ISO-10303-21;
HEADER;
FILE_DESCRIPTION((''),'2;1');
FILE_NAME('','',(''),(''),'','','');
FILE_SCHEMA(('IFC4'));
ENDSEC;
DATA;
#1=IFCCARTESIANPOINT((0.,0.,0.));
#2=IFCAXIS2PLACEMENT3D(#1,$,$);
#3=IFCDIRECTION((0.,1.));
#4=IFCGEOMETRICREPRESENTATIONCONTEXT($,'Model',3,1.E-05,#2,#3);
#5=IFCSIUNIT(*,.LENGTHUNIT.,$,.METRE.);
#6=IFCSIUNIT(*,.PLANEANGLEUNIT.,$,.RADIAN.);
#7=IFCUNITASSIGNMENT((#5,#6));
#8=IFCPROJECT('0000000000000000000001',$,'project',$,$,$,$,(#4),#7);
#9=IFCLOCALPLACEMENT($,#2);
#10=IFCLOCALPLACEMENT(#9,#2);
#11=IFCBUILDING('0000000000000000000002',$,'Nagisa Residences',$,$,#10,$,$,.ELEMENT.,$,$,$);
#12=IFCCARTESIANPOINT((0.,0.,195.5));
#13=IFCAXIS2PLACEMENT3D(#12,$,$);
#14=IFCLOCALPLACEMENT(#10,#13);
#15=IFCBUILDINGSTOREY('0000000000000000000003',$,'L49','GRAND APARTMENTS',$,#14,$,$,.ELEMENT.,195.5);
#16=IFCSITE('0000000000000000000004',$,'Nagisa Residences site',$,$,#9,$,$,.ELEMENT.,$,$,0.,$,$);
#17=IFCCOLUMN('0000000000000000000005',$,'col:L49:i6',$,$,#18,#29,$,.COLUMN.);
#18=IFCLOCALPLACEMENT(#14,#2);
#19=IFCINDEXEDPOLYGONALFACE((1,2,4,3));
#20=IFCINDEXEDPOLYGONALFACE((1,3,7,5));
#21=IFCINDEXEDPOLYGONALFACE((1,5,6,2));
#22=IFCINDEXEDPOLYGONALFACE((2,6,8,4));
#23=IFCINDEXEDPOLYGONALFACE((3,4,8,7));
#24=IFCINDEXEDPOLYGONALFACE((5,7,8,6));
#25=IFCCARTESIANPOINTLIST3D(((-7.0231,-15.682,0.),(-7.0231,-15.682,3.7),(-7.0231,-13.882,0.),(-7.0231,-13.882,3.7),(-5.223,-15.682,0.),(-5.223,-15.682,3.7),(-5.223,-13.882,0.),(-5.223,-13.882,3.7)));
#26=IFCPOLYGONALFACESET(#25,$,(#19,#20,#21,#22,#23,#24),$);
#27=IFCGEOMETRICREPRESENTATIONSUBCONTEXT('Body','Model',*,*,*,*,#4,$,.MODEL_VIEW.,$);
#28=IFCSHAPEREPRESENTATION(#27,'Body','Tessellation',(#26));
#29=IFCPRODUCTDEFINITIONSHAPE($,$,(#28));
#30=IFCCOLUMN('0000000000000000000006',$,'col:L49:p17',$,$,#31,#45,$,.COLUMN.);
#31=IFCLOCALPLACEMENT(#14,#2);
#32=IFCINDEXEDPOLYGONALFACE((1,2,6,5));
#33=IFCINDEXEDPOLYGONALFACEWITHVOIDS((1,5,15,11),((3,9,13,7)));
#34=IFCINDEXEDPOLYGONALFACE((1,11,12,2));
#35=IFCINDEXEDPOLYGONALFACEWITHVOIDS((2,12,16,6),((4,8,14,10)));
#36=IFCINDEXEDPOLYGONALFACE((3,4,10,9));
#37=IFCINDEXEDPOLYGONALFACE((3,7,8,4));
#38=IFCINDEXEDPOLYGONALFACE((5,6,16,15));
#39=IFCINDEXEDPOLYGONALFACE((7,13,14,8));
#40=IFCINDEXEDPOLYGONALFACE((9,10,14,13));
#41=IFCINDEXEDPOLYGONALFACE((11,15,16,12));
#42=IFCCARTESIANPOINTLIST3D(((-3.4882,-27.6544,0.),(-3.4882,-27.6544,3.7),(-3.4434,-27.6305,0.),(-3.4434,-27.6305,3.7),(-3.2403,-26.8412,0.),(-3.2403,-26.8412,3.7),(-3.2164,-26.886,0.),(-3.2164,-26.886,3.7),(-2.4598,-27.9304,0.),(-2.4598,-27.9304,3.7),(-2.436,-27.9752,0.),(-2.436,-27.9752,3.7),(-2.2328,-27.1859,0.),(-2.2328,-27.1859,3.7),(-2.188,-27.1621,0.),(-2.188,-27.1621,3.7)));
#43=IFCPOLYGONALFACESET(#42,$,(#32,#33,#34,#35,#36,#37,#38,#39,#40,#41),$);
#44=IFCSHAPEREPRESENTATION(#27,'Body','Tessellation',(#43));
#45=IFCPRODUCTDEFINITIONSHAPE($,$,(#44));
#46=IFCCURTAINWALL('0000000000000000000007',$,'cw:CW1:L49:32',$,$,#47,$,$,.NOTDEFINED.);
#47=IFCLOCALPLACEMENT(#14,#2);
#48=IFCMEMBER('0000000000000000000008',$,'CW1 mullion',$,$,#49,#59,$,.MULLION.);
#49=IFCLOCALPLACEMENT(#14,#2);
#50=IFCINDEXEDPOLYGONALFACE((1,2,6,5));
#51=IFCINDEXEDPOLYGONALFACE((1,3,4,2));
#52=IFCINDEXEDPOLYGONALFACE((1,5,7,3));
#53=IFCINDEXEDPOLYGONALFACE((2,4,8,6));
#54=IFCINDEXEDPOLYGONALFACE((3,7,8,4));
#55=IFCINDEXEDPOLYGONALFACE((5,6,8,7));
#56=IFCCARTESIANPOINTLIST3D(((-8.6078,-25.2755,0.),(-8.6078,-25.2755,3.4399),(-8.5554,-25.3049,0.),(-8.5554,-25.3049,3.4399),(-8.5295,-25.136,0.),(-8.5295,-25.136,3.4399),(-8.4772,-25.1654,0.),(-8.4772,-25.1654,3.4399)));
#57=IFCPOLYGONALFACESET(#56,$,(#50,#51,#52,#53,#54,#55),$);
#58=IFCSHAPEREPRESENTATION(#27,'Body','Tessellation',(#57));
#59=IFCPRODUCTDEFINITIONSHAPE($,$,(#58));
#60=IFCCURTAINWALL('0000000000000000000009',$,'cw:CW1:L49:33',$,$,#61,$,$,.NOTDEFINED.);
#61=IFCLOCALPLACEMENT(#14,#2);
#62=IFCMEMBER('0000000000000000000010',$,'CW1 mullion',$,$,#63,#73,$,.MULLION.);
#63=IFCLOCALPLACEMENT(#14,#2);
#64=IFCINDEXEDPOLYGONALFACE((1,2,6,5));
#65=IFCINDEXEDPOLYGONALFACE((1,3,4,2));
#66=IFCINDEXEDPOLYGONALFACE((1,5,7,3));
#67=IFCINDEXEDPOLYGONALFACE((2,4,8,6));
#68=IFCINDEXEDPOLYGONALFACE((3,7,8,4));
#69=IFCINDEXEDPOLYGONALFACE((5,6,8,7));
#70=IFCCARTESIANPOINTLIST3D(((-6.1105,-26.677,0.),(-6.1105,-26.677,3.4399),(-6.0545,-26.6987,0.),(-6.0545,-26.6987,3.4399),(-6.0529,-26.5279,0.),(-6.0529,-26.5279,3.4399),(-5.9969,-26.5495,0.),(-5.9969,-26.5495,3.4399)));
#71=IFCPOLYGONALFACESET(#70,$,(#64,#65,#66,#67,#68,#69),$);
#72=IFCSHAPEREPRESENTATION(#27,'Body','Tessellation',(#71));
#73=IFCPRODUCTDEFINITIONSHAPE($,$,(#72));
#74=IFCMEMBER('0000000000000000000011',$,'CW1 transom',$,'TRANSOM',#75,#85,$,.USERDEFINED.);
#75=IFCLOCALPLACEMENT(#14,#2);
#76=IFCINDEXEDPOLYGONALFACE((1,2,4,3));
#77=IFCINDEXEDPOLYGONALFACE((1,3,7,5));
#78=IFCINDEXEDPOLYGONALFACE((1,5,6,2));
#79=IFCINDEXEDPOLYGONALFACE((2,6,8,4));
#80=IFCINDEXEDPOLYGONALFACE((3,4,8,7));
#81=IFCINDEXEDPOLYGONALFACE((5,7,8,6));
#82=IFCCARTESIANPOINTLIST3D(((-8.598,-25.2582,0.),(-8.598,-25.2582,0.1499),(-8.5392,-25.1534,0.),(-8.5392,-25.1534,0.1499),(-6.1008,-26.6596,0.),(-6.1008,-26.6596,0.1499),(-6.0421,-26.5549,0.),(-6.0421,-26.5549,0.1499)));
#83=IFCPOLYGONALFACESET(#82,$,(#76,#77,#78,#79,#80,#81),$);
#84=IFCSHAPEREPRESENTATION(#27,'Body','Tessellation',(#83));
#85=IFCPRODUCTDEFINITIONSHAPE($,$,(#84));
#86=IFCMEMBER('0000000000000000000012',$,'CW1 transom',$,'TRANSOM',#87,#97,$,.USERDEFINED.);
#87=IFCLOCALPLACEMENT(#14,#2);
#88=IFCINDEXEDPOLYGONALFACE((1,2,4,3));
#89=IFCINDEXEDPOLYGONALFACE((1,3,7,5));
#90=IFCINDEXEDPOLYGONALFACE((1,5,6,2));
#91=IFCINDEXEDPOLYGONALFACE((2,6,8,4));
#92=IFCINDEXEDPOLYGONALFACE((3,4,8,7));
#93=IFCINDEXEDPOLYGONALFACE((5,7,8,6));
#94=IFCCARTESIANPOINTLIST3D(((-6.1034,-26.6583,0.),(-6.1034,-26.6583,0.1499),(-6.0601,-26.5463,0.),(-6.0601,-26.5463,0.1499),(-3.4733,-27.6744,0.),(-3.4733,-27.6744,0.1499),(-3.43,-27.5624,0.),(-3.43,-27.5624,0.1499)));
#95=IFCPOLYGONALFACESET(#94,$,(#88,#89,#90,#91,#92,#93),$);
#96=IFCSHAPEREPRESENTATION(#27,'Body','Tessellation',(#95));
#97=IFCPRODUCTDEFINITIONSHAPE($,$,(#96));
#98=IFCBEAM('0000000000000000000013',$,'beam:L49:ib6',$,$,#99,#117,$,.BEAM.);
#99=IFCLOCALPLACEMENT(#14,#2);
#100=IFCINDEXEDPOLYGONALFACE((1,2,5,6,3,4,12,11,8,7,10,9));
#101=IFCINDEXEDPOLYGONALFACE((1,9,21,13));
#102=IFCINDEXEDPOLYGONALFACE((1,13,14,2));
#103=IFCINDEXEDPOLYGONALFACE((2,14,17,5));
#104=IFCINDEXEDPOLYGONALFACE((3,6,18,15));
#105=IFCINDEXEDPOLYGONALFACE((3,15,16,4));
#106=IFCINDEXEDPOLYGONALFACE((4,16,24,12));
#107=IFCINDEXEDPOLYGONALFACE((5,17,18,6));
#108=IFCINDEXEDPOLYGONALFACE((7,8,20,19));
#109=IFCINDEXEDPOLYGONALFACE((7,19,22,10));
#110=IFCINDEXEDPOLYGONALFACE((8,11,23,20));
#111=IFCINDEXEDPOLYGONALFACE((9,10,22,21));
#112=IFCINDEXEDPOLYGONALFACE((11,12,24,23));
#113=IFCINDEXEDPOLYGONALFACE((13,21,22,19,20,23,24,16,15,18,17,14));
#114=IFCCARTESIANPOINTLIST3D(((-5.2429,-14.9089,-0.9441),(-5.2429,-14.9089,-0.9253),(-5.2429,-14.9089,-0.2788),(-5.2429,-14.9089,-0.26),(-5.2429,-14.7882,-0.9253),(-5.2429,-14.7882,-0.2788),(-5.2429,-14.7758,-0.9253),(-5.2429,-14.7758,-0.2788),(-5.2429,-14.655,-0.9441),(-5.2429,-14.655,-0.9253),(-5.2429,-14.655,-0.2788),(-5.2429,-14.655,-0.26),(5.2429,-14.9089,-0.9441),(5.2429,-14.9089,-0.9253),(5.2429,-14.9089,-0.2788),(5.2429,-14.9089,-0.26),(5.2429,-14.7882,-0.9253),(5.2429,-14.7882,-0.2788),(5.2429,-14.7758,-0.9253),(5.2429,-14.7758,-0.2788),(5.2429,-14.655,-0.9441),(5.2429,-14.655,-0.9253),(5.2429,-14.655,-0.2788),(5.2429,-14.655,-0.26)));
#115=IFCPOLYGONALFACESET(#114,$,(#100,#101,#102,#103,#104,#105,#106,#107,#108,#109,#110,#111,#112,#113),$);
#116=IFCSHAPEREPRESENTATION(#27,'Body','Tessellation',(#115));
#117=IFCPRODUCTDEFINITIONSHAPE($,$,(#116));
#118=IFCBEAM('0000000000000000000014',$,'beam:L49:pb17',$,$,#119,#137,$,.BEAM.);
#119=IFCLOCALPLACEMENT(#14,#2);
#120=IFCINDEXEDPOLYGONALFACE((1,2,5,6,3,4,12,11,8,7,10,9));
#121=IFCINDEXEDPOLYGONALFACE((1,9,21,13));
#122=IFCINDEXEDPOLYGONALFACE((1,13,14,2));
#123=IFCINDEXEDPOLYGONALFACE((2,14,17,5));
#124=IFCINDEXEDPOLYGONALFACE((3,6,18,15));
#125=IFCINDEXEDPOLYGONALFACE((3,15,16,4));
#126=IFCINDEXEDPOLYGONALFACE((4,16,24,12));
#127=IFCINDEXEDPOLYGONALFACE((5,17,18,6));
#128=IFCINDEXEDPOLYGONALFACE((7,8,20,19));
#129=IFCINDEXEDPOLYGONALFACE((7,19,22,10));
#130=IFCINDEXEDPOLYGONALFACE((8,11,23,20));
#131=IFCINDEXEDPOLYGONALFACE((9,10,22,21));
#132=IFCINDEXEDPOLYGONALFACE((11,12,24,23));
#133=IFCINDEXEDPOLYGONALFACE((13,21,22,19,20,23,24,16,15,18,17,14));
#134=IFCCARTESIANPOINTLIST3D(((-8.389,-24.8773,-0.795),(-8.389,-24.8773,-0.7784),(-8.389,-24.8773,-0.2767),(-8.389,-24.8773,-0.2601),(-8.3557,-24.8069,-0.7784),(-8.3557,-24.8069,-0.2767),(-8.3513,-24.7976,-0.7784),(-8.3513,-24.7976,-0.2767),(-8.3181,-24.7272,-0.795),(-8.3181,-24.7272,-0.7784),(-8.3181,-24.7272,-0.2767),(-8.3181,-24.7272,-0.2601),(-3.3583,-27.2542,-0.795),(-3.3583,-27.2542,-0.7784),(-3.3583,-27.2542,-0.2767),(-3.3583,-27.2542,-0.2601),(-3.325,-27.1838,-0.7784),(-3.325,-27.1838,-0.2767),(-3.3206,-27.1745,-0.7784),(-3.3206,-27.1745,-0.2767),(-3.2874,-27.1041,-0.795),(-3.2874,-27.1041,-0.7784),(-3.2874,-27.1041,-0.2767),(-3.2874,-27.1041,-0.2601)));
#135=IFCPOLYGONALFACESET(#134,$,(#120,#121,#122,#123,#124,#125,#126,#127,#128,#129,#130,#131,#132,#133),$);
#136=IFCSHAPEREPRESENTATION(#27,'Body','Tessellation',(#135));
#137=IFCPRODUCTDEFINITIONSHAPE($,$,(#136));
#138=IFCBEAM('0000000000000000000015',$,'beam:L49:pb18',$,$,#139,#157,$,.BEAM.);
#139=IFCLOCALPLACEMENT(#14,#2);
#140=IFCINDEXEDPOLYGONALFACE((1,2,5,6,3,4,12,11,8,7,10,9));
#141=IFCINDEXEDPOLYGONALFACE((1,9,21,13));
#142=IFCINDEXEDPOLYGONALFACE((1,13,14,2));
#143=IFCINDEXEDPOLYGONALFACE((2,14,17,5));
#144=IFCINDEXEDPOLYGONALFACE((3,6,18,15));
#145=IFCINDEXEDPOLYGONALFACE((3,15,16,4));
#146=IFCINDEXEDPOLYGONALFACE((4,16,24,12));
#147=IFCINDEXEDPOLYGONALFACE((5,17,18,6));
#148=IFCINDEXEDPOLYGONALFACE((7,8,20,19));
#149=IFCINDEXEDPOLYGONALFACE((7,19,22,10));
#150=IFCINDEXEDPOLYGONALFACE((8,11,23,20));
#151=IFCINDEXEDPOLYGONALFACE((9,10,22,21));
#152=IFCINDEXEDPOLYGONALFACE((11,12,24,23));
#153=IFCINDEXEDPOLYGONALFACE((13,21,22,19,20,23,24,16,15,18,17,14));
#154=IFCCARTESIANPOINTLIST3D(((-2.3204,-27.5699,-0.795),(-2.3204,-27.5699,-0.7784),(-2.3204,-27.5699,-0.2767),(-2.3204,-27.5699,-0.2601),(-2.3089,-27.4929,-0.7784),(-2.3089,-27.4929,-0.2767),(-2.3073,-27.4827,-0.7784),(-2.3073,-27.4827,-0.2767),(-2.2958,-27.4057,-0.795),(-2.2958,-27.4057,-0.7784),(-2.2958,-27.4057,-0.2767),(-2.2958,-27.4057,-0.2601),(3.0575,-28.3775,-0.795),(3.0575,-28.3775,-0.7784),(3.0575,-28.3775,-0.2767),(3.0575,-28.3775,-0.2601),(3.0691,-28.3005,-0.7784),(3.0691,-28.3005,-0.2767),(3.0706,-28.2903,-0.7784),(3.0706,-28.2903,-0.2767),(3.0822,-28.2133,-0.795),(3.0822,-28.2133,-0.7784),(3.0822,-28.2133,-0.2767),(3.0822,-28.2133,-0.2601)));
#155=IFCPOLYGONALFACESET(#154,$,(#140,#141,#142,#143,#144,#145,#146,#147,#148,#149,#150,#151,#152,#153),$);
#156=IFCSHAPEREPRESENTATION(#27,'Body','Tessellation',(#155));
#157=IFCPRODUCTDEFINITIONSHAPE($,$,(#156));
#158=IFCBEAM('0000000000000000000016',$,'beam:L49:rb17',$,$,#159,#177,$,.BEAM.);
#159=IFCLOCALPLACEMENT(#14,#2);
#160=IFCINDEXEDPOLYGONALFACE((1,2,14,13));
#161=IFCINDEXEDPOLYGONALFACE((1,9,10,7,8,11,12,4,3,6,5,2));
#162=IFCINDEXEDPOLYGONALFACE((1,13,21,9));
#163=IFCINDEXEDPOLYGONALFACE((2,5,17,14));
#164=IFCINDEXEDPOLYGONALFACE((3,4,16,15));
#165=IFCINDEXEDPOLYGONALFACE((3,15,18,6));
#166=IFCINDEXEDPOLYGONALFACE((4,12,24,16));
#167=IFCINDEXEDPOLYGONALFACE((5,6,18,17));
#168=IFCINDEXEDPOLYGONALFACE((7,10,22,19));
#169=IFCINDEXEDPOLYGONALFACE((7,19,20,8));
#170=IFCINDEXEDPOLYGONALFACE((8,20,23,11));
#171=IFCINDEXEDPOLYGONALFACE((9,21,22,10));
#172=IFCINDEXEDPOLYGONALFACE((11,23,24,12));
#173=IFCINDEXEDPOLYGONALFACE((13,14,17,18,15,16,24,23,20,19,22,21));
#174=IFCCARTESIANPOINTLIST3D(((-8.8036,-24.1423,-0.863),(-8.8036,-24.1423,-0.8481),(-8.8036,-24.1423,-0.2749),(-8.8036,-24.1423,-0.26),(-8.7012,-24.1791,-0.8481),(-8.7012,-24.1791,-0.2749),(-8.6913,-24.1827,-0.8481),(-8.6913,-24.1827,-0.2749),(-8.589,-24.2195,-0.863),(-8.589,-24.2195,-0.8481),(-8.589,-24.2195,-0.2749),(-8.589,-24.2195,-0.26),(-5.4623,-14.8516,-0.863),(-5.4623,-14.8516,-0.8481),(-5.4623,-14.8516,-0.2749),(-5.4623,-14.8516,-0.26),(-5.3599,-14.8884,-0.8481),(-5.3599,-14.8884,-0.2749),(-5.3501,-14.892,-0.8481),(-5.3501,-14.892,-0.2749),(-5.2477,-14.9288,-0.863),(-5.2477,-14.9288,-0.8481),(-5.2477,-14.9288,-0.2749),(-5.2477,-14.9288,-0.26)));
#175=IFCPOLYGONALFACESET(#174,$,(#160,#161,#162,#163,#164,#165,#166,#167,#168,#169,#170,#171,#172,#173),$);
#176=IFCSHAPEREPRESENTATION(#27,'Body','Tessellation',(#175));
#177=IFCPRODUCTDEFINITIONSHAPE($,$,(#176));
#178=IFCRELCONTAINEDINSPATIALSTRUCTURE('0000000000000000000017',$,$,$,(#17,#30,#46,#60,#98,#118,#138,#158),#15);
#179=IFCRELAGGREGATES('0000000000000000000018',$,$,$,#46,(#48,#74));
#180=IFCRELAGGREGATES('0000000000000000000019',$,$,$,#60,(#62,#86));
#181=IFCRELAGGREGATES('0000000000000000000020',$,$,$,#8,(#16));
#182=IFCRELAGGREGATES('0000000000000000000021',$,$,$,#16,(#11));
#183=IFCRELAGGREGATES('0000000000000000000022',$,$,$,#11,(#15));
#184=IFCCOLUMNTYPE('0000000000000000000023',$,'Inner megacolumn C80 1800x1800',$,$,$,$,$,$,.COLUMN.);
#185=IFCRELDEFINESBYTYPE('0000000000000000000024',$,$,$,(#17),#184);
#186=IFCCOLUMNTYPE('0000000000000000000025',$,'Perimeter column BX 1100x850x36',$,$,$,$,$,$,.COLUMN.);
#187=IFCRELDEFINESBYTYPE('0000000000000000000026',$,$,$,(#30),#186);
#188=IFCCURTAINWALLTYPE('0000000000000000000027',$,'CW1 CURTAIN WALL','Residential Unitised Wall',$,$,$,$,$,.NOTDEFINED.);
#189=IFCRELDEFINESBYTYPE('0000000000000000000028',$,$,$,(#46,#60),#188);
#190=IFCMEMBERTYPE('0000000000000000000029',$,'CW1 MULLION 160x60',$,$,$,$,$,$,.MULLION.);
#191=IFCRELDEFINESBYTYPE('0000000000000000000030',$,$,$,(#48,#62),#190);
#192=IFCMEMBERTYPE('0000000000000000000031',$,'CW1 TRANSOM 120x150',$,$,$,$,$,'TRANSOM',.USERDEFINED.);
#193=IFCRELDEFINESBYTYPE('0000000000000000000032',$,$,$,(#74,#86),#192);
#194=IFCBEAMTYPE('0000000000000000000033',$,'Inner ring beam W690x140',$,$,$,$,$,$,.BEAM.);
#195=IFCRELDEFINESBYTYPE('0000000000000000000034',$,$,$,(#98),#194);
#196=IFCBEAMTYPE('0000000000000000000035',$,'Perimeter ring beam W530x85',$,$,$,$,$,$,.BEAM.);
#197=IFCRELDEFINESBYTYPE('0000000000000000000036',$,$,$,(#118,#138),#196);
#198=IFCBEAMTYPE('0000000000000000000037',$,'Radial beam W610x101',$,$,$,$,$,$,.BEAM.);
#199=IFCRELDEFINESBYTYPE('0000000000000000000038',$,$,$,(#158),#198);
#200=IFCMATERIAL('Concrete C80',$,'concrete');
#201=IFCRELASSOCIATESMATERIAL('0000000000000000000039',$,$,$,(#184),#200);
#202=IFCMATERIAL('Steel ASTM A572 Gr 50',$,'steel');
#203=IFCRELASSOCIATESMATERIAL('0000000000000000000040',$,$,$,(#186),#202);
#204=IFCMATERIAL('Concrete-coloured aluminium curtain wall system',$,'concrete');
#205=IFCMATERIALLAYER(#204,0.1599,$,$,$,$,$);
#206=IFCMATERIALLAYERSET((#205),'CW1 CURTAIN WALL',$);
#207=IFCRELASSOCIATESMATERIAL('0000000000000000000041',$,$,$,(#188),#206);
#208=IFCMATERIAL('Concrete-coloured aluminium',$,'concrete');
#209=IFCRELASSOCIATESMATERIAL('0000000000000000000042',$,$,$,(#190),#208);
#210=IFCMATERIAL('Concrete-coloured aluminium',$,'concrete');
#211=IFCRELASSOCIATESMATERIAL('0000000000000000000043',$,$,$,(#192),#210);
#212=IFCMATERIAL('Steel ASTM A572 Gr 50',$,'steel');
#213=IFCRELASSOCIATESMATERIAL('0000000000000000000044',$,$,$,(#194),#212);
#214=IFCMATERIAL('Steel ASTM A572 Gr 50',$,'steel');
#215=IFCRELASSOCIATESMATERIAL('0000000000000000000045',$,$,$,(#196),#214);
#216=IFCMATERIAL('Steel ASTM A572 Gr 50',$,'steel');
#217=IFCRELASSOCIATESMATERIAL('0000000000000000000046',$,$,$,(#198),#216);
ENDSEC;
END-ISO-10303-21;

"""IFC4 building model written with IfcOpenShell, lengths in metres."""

from ifc_helpers import new_model, si_unit, direction, frame, origin, origin_2d, place, context, subcontext, project, spatial, rectangle, hollow_rectangle, i_section, extrude, material, layer, layer_set, material_profile, profile_set, type_object, element, aggregate, save


model = new_model("IFC4")

# Units and contexts
model_context = context("Model", 3, precision=1e-05, world=origin(), true_north=direction((0.0, 1.0)))
body_context = subcontext(model_context, "Body", "Model", "MODEL_VIEW")
ifc_project = project(units=[si_unit("LENGTHUNIT", "METRE"), si_unit("PLANEANGLEUNIT", "RADIAN")], contexts=[model_context])

# Site, building, storey
site_placement = place(None, origin())
site = spatial("IfcSite", under=ifc_project, at=site_placement, Name="Nagisa Residences site", CompositionType="ELEMENT", RefElevation=0.0)
building_placement = place(site_placement, origin())
building = spatial("IfcBuilding", under=site, at=building_placement, Name="Nagisa Residences", CompositionType="ELEMENT")
storey_placement = place(building_placement, frame((0.0, 0.0, 195.5)))
storey = spatial("IfcBuildingStorey", under=building, at=storey_placement, Name="L49", Description="GRAND APARTMENTS", CompositionType="ELEMENT", Elevation=195.5)

# Columns
ifc_material_1 = material(Name="Concrete C80", Category="concrete")
ifc_material_profile_1 = material_profile(ifc_material_1, rectangle(XDim=1.8, YDim=1.8, at=origin_2d()), Name="C80 1800x1800")
ifc_profile_set_1 = profile_set([ifc_material_profile_1], Name="Concrete C80")
column_type_1 = type_object("IfcColumnType", Name="Inner megacolumn C80 1800x1800", PredefinedType="COLUMN", material=ifc_profile_set_1)
column_1_placement = place(storey_placement, frame((-6.123, -14.782, 0.0), z_axis=(0.0, 0.0, 1.0), x_axis=(1.0, 0.0, 0.0)))
element("IfcColumn", 1, at=column_1_placement, inside=storey, type_object=column_type_1, Name="col:L49:i6", PredefinedType="COLUMN", context=body_context, shape_type="SweptSolid", body=[
    extrude(rectangle(XDim=1.8, YDim=1.8, at=origin_2d()), origin(), (0.0, 0.0, 1.0), 3.7),
])
ifc_material_2 = material(Name="Steel ASTM A572 Gr 50", Category="steel")
ifc_material_profile_2 = material_profile(ifc_material_2, hollow_rectangle(XDim=1.1001, YDim=0.8501, WallThickness=0.0359, at=origin_2d()), Name="BX 1100x850x36")
ifc_profile_set_2 = profile_set([ifc_material_profile_2], Name="Steel ASTM A572 Gr 50")
column_type_2 = type_object("IfcColumnType", Name="Perimeter column BX 1100x850x36", PredefinedType="COLUMN", material=ifc_profile_set_2)
column_2_placement = place(storey_placement, frame((-2.8381, -27.4082, 0.0), z_axis=(0.0, 0.0, 1.0), x_axis=(0.956525, -0.291652, 0.0)))
element("IfcColumn", 2, at=column_2_placement, inside=storey, type_object=column_type_2, Name="col:L49:p17", PredefinedType="COLUMN", context=body_context, shape_type="SweptSolid", body=[
    extrude(hollow_rectangle(XDim=1.1001, YDim=0.8501, WallThickness=0.0359, at=origin_2d()), origin(), (0.0, 0.0, 1.0), 3.7),
])

# Curtain walls, members
ifc_material_3 = material(Name="Concrete-coloured aluminium curtain wall system", Category="concrete")
ifc_layer_1 = layer(ifc_material_3, 0.1599)
ifc_layer_set_1 = layer_set([ifc_layer_1], Name="CW1 CURTAIN WALL")
curtain_wall_type = type_object("IfcCurtainWallType", Name="CW1 CURTAIN WALL", Description="Residential Unitised Wall", PredefinedType="NOTDEFINED", material=ifc_layer_set_1)
curtain_wall_1_placement = place(storey_placement, origin())
curtain_wall_1 = element("IfcCurtainWall", 3, at=curtain_wall_1_placement, inside=storey, type_object=curtain_wall_type, Name="cw:CW1:L49:32", PredefinedType="NOTDEFINED")
ifc_material_4 = material(Name="Concrete-coloured aluminium", Category="concrete")
ifc_material_profile_3 = material_profile(ifc_material_4, rectangle(XDim=0.1599, YDim=0.0601, at=origin_2d()), Name="CW1 MULLION 160x60")
ifc_profile_set_3 = profile_set([ifc_material_profile_3], Name="Concrete-coloured aluminium")
member_type_1 = type_object("IfcMemberType", Name="CW1 MULLION 160x60", PredefinedType="MULLION", material=ifc_profile_set_3)
member_1_placement = place(storey_placement, frame((-8.5425, -25.2205, 0.0), z_axis=(0.0, 0.0, 1.0), x_axis=(0.489377, 0.872072, 0.0)))
member_1 = element("IfcMember", 4, at=member_1_placement, type_object=member_type_1, Name="CW1 mullion", PredefinedType="MULLION", context=body_context, shape_type="SweptSolid", body=[
    extrude(rectangle(XDim=0.1599, YDim=0.0601, at=origin_2d()), origin(), (0.0, 0.0, 1.0), 3.4399),
])
curtain_wall_2_placement = place(storey_placement, origin())
curtain_wall_2 = element("IfcCurtainWall", 5, at=curtain_wall_2_placement, inside=storey, type_object=curtain_wall_type, Name="cw:CW1:L49:33", PredefinedType="NOTDEFINED")
member_2_placement = place(storey_placement, frame((-6.0537, -26.6133, 0.0), z_axis=(0.0, 0.0, 1.0), x_axis=(0.360328, 0.932826, 0.0)))
member_2 = element("IfcMember", 6, at=member_2_placement, type_object=member_type_1, Name="CW1 mullion", PredefinedType="MULLION", context=body_context, shape_type="SweptSolid", body=[
    extrude(rectangle(XDim=0.1599, YDim=0.0601, at=origin_2d()), origin(), (0.0, 0.0, 1.0), 3.4399),
])

# Members
ifc_material_5 = material(Name="Concrete-coloured aluminium", Category="concrete")
ifc_material_profile_4 = material_profile(ifc_material_5, rectangle(XDim=0.1201, YDim=0.1499, at=origin_2d()), Name="CW1 TRANSOM 120x150")
ifc_profile_set_4 = profile_set([ifc_material_profile_4], Name="Concrete-coloured aluminium")
member_type_2 = type_object("IfcMemberType", Name="CW1 TRANSOM 120x150", ElementType="TRANSOM", PredefinedType="USERDEFINED", material=ifc_profile_set_4)
member_3_placement = place(storey_placement, frame((-8.5686, -25.2058, 0.075), z_axis=(0.872058, -0.489403, 0.0), x_axis=(0.489403, 0.872058, 0.0)))
member_3 = element("IfcMember", 7, at=member_3_placement, type_object=member_type_2, Name="CW1 transom", ObjectType="TRANSOM", PredefinedType="USERDEFINED", context=body_context, shape_type="SweptSolid", body=[
    extrude(rectangle(XDim=0.1201, YDim=0.1499, at=origin_2d()), origin(), (0.0, 0.0, 1.0), 2.8635),
])
member_4_placement = place(storey_placement, frame((-6.0818, -26.6023, 0.075), z_axis=(0.932807, -0.360377, 0.0), x_axis=(0.360377, 0.932807, 0.0)))
member_4 = element("IfcMember", 8, at=member_4_placement, type_object=member_type_2, Name="CW1 transom", ObjectType="TRANSOM", PredefinedType="USERDEFINED", context=body_context, shape_type="SweptSolid", body=[
    extrude(rectangle(XDim=0.1201, YDim=0.1499, at=origin_2d()), origin(), (0.0, 0.0, 1.0), 2.8196),
])

# Beams
ifc_material_6 = material(Name="Steel ASTM A572 Gr 50", Category="steel")
ifc_material_profile_5 = material_profile(ifc_material_6, i_section(OverallWidth=0.2539, OverallDepth=0.6841, WebThickness=0.0125, FlangeThickness=0.0188, at=origin_2d()), Name="W690x140")
ifc_profile_set_5 = profile_set([ifc_material_profile_5], Name="Steel ASTM A572 Gr 50")
beam_type_1 = type_object("IfcBeamType", Name="Inner ring beam W690x140", PredefinedType="BEAM", material=ifc_profile_set_5)
beam_1_placement = place(storey_placement, frame((-5.2429, -14.782, -0.6021), z_axis=(1.0, 0.0, 0.0), x_axis=(0.0, 1.0, 0.0)))
element("IfcBeam", 9, at=beam_1_placement, inside=storey, type_object=beam_type_1, Name="beam:L49:ib6", PredefinedType="BEAM", context=body_context, shape_type="SweptSolid", body=[
    extrude(i_section(OverallWidth=0.2539, OverallDepth=0.6841, WebThickness=0.0125, FlangeThickness=0.0188, at=origin_2d()), origin(), (0.0, 0.0, 1.0), 10.4858),
])
ifc_material_7 = material(Name="Steel ASTM A572 Gr 50", Category="steel")
ifc_material_profile_6 = material_profile(ifc_material_7, i_section(OverallWidth=0.166, OverallDepth=0.5349, WebThickness=0.0103, FlangeThickness=0.0166, at=origin_2d()), Name="W530x85")
ifc_profile_set_6 = profile_set([ifc_material_profile_6], Name="Steel ASTM A572 Gr 50")
beam_type_2 = type_object("IfcBeamType", Name="Perimeter ring beam W530x85", PredefinedType="BEAM", material=ifc_profile_set_6)
beam_2_placement = place(storey_placement, frame((-8.3535, -24.8022, -0.5276), z_axis=(0.904157, -0.4272, 0.0), x_axis=(0.4272, 0.904157, 0.0)))
element("IfcBeam", 10, at=beam_2_placement, inside=storey, type_object=beam_type_2, Name="beam:L49:pb17", PredefinedType="BEAM", context=body_context, shape_type="SweptSolid", body=[
    extrude(i_section(OverallWidth=0.166, OverallDepth=0.5349, WebThickness=0.0103, FlangeThickness=0.0166, at=origin_2d()), origin(), (0.0, 0.0, 1.0), 5.564),
])
beam_3_placement = place(storey_placement, frame((-2.3081, -27.4878, -0.5276), z_axis=(0.988911, -0.148507, 0.0), x_axis=(0.148507, 0.988911, 0.0)))
element("IfcBeam", 11, at=beam_3_placement, inside=storey, type_object=beam_type_2, Name="beam:L49:pb18", PredefinedType="BEAM", context=body_context, shape_type="SweptSolid", body=[
    extrude(i_section(OverallWidth=0.166, OverallDepth=0.5349, WebThickness=0.0103, FlangeThickness=0.0166, at=origin_2d()), origin(), (0.0, 0.0, 1.0), 5.4382),
])
ifc_material_8 = material(Name="Steel ASTM A572 Gr 50", Category="steel")
ifc_material_profile_7 = material_profile(ifc_material_8, i_section(OverallWidth=0.228, OverallDepth=0.603, WebThickness=0.0105, FlangeThickness=0.0149, at=origin_2d()), Name="W610x101")
ifc_profile_set_7 = profile_set([ifc_material_profile_7], Name="Steel ASTM A572 Gr 50")
beam_type_3 = type_object("IfcBeamType", Name="Radial beam W610x101", PredefinedType="BEAM", material=ifc_profile_set_7)
beam_4_placement = place(storey_placement, frame((-8.6963, -24.1809, -0.5615), z_axis=(0.338417, 0.940996, 0.0), x_axis=(-0.940996, 0.338417, 0.0)))
element("IfcBeam", 12, at=beam_4_placement, inside=storey, type_object=beam_type_3, Name="beam:L49:rb17", PredefinedType="BEAM", context=body_context, shape_type="SweptSolid", body=[
    extrude(i_section(OverallWidth=0.228, OverallDepth=0.603, WebThickness=0.0105, FlangeThickness=0.0149, at=origin_2d()), origin(), (0.0, 0.0, 1.0), 9.8733),
])

aggregate(curtain_wall_1, [member_1, member_3])
aggregate(curtain_wall_2, [member_2, member_4])

save(model, "model.ifc")
